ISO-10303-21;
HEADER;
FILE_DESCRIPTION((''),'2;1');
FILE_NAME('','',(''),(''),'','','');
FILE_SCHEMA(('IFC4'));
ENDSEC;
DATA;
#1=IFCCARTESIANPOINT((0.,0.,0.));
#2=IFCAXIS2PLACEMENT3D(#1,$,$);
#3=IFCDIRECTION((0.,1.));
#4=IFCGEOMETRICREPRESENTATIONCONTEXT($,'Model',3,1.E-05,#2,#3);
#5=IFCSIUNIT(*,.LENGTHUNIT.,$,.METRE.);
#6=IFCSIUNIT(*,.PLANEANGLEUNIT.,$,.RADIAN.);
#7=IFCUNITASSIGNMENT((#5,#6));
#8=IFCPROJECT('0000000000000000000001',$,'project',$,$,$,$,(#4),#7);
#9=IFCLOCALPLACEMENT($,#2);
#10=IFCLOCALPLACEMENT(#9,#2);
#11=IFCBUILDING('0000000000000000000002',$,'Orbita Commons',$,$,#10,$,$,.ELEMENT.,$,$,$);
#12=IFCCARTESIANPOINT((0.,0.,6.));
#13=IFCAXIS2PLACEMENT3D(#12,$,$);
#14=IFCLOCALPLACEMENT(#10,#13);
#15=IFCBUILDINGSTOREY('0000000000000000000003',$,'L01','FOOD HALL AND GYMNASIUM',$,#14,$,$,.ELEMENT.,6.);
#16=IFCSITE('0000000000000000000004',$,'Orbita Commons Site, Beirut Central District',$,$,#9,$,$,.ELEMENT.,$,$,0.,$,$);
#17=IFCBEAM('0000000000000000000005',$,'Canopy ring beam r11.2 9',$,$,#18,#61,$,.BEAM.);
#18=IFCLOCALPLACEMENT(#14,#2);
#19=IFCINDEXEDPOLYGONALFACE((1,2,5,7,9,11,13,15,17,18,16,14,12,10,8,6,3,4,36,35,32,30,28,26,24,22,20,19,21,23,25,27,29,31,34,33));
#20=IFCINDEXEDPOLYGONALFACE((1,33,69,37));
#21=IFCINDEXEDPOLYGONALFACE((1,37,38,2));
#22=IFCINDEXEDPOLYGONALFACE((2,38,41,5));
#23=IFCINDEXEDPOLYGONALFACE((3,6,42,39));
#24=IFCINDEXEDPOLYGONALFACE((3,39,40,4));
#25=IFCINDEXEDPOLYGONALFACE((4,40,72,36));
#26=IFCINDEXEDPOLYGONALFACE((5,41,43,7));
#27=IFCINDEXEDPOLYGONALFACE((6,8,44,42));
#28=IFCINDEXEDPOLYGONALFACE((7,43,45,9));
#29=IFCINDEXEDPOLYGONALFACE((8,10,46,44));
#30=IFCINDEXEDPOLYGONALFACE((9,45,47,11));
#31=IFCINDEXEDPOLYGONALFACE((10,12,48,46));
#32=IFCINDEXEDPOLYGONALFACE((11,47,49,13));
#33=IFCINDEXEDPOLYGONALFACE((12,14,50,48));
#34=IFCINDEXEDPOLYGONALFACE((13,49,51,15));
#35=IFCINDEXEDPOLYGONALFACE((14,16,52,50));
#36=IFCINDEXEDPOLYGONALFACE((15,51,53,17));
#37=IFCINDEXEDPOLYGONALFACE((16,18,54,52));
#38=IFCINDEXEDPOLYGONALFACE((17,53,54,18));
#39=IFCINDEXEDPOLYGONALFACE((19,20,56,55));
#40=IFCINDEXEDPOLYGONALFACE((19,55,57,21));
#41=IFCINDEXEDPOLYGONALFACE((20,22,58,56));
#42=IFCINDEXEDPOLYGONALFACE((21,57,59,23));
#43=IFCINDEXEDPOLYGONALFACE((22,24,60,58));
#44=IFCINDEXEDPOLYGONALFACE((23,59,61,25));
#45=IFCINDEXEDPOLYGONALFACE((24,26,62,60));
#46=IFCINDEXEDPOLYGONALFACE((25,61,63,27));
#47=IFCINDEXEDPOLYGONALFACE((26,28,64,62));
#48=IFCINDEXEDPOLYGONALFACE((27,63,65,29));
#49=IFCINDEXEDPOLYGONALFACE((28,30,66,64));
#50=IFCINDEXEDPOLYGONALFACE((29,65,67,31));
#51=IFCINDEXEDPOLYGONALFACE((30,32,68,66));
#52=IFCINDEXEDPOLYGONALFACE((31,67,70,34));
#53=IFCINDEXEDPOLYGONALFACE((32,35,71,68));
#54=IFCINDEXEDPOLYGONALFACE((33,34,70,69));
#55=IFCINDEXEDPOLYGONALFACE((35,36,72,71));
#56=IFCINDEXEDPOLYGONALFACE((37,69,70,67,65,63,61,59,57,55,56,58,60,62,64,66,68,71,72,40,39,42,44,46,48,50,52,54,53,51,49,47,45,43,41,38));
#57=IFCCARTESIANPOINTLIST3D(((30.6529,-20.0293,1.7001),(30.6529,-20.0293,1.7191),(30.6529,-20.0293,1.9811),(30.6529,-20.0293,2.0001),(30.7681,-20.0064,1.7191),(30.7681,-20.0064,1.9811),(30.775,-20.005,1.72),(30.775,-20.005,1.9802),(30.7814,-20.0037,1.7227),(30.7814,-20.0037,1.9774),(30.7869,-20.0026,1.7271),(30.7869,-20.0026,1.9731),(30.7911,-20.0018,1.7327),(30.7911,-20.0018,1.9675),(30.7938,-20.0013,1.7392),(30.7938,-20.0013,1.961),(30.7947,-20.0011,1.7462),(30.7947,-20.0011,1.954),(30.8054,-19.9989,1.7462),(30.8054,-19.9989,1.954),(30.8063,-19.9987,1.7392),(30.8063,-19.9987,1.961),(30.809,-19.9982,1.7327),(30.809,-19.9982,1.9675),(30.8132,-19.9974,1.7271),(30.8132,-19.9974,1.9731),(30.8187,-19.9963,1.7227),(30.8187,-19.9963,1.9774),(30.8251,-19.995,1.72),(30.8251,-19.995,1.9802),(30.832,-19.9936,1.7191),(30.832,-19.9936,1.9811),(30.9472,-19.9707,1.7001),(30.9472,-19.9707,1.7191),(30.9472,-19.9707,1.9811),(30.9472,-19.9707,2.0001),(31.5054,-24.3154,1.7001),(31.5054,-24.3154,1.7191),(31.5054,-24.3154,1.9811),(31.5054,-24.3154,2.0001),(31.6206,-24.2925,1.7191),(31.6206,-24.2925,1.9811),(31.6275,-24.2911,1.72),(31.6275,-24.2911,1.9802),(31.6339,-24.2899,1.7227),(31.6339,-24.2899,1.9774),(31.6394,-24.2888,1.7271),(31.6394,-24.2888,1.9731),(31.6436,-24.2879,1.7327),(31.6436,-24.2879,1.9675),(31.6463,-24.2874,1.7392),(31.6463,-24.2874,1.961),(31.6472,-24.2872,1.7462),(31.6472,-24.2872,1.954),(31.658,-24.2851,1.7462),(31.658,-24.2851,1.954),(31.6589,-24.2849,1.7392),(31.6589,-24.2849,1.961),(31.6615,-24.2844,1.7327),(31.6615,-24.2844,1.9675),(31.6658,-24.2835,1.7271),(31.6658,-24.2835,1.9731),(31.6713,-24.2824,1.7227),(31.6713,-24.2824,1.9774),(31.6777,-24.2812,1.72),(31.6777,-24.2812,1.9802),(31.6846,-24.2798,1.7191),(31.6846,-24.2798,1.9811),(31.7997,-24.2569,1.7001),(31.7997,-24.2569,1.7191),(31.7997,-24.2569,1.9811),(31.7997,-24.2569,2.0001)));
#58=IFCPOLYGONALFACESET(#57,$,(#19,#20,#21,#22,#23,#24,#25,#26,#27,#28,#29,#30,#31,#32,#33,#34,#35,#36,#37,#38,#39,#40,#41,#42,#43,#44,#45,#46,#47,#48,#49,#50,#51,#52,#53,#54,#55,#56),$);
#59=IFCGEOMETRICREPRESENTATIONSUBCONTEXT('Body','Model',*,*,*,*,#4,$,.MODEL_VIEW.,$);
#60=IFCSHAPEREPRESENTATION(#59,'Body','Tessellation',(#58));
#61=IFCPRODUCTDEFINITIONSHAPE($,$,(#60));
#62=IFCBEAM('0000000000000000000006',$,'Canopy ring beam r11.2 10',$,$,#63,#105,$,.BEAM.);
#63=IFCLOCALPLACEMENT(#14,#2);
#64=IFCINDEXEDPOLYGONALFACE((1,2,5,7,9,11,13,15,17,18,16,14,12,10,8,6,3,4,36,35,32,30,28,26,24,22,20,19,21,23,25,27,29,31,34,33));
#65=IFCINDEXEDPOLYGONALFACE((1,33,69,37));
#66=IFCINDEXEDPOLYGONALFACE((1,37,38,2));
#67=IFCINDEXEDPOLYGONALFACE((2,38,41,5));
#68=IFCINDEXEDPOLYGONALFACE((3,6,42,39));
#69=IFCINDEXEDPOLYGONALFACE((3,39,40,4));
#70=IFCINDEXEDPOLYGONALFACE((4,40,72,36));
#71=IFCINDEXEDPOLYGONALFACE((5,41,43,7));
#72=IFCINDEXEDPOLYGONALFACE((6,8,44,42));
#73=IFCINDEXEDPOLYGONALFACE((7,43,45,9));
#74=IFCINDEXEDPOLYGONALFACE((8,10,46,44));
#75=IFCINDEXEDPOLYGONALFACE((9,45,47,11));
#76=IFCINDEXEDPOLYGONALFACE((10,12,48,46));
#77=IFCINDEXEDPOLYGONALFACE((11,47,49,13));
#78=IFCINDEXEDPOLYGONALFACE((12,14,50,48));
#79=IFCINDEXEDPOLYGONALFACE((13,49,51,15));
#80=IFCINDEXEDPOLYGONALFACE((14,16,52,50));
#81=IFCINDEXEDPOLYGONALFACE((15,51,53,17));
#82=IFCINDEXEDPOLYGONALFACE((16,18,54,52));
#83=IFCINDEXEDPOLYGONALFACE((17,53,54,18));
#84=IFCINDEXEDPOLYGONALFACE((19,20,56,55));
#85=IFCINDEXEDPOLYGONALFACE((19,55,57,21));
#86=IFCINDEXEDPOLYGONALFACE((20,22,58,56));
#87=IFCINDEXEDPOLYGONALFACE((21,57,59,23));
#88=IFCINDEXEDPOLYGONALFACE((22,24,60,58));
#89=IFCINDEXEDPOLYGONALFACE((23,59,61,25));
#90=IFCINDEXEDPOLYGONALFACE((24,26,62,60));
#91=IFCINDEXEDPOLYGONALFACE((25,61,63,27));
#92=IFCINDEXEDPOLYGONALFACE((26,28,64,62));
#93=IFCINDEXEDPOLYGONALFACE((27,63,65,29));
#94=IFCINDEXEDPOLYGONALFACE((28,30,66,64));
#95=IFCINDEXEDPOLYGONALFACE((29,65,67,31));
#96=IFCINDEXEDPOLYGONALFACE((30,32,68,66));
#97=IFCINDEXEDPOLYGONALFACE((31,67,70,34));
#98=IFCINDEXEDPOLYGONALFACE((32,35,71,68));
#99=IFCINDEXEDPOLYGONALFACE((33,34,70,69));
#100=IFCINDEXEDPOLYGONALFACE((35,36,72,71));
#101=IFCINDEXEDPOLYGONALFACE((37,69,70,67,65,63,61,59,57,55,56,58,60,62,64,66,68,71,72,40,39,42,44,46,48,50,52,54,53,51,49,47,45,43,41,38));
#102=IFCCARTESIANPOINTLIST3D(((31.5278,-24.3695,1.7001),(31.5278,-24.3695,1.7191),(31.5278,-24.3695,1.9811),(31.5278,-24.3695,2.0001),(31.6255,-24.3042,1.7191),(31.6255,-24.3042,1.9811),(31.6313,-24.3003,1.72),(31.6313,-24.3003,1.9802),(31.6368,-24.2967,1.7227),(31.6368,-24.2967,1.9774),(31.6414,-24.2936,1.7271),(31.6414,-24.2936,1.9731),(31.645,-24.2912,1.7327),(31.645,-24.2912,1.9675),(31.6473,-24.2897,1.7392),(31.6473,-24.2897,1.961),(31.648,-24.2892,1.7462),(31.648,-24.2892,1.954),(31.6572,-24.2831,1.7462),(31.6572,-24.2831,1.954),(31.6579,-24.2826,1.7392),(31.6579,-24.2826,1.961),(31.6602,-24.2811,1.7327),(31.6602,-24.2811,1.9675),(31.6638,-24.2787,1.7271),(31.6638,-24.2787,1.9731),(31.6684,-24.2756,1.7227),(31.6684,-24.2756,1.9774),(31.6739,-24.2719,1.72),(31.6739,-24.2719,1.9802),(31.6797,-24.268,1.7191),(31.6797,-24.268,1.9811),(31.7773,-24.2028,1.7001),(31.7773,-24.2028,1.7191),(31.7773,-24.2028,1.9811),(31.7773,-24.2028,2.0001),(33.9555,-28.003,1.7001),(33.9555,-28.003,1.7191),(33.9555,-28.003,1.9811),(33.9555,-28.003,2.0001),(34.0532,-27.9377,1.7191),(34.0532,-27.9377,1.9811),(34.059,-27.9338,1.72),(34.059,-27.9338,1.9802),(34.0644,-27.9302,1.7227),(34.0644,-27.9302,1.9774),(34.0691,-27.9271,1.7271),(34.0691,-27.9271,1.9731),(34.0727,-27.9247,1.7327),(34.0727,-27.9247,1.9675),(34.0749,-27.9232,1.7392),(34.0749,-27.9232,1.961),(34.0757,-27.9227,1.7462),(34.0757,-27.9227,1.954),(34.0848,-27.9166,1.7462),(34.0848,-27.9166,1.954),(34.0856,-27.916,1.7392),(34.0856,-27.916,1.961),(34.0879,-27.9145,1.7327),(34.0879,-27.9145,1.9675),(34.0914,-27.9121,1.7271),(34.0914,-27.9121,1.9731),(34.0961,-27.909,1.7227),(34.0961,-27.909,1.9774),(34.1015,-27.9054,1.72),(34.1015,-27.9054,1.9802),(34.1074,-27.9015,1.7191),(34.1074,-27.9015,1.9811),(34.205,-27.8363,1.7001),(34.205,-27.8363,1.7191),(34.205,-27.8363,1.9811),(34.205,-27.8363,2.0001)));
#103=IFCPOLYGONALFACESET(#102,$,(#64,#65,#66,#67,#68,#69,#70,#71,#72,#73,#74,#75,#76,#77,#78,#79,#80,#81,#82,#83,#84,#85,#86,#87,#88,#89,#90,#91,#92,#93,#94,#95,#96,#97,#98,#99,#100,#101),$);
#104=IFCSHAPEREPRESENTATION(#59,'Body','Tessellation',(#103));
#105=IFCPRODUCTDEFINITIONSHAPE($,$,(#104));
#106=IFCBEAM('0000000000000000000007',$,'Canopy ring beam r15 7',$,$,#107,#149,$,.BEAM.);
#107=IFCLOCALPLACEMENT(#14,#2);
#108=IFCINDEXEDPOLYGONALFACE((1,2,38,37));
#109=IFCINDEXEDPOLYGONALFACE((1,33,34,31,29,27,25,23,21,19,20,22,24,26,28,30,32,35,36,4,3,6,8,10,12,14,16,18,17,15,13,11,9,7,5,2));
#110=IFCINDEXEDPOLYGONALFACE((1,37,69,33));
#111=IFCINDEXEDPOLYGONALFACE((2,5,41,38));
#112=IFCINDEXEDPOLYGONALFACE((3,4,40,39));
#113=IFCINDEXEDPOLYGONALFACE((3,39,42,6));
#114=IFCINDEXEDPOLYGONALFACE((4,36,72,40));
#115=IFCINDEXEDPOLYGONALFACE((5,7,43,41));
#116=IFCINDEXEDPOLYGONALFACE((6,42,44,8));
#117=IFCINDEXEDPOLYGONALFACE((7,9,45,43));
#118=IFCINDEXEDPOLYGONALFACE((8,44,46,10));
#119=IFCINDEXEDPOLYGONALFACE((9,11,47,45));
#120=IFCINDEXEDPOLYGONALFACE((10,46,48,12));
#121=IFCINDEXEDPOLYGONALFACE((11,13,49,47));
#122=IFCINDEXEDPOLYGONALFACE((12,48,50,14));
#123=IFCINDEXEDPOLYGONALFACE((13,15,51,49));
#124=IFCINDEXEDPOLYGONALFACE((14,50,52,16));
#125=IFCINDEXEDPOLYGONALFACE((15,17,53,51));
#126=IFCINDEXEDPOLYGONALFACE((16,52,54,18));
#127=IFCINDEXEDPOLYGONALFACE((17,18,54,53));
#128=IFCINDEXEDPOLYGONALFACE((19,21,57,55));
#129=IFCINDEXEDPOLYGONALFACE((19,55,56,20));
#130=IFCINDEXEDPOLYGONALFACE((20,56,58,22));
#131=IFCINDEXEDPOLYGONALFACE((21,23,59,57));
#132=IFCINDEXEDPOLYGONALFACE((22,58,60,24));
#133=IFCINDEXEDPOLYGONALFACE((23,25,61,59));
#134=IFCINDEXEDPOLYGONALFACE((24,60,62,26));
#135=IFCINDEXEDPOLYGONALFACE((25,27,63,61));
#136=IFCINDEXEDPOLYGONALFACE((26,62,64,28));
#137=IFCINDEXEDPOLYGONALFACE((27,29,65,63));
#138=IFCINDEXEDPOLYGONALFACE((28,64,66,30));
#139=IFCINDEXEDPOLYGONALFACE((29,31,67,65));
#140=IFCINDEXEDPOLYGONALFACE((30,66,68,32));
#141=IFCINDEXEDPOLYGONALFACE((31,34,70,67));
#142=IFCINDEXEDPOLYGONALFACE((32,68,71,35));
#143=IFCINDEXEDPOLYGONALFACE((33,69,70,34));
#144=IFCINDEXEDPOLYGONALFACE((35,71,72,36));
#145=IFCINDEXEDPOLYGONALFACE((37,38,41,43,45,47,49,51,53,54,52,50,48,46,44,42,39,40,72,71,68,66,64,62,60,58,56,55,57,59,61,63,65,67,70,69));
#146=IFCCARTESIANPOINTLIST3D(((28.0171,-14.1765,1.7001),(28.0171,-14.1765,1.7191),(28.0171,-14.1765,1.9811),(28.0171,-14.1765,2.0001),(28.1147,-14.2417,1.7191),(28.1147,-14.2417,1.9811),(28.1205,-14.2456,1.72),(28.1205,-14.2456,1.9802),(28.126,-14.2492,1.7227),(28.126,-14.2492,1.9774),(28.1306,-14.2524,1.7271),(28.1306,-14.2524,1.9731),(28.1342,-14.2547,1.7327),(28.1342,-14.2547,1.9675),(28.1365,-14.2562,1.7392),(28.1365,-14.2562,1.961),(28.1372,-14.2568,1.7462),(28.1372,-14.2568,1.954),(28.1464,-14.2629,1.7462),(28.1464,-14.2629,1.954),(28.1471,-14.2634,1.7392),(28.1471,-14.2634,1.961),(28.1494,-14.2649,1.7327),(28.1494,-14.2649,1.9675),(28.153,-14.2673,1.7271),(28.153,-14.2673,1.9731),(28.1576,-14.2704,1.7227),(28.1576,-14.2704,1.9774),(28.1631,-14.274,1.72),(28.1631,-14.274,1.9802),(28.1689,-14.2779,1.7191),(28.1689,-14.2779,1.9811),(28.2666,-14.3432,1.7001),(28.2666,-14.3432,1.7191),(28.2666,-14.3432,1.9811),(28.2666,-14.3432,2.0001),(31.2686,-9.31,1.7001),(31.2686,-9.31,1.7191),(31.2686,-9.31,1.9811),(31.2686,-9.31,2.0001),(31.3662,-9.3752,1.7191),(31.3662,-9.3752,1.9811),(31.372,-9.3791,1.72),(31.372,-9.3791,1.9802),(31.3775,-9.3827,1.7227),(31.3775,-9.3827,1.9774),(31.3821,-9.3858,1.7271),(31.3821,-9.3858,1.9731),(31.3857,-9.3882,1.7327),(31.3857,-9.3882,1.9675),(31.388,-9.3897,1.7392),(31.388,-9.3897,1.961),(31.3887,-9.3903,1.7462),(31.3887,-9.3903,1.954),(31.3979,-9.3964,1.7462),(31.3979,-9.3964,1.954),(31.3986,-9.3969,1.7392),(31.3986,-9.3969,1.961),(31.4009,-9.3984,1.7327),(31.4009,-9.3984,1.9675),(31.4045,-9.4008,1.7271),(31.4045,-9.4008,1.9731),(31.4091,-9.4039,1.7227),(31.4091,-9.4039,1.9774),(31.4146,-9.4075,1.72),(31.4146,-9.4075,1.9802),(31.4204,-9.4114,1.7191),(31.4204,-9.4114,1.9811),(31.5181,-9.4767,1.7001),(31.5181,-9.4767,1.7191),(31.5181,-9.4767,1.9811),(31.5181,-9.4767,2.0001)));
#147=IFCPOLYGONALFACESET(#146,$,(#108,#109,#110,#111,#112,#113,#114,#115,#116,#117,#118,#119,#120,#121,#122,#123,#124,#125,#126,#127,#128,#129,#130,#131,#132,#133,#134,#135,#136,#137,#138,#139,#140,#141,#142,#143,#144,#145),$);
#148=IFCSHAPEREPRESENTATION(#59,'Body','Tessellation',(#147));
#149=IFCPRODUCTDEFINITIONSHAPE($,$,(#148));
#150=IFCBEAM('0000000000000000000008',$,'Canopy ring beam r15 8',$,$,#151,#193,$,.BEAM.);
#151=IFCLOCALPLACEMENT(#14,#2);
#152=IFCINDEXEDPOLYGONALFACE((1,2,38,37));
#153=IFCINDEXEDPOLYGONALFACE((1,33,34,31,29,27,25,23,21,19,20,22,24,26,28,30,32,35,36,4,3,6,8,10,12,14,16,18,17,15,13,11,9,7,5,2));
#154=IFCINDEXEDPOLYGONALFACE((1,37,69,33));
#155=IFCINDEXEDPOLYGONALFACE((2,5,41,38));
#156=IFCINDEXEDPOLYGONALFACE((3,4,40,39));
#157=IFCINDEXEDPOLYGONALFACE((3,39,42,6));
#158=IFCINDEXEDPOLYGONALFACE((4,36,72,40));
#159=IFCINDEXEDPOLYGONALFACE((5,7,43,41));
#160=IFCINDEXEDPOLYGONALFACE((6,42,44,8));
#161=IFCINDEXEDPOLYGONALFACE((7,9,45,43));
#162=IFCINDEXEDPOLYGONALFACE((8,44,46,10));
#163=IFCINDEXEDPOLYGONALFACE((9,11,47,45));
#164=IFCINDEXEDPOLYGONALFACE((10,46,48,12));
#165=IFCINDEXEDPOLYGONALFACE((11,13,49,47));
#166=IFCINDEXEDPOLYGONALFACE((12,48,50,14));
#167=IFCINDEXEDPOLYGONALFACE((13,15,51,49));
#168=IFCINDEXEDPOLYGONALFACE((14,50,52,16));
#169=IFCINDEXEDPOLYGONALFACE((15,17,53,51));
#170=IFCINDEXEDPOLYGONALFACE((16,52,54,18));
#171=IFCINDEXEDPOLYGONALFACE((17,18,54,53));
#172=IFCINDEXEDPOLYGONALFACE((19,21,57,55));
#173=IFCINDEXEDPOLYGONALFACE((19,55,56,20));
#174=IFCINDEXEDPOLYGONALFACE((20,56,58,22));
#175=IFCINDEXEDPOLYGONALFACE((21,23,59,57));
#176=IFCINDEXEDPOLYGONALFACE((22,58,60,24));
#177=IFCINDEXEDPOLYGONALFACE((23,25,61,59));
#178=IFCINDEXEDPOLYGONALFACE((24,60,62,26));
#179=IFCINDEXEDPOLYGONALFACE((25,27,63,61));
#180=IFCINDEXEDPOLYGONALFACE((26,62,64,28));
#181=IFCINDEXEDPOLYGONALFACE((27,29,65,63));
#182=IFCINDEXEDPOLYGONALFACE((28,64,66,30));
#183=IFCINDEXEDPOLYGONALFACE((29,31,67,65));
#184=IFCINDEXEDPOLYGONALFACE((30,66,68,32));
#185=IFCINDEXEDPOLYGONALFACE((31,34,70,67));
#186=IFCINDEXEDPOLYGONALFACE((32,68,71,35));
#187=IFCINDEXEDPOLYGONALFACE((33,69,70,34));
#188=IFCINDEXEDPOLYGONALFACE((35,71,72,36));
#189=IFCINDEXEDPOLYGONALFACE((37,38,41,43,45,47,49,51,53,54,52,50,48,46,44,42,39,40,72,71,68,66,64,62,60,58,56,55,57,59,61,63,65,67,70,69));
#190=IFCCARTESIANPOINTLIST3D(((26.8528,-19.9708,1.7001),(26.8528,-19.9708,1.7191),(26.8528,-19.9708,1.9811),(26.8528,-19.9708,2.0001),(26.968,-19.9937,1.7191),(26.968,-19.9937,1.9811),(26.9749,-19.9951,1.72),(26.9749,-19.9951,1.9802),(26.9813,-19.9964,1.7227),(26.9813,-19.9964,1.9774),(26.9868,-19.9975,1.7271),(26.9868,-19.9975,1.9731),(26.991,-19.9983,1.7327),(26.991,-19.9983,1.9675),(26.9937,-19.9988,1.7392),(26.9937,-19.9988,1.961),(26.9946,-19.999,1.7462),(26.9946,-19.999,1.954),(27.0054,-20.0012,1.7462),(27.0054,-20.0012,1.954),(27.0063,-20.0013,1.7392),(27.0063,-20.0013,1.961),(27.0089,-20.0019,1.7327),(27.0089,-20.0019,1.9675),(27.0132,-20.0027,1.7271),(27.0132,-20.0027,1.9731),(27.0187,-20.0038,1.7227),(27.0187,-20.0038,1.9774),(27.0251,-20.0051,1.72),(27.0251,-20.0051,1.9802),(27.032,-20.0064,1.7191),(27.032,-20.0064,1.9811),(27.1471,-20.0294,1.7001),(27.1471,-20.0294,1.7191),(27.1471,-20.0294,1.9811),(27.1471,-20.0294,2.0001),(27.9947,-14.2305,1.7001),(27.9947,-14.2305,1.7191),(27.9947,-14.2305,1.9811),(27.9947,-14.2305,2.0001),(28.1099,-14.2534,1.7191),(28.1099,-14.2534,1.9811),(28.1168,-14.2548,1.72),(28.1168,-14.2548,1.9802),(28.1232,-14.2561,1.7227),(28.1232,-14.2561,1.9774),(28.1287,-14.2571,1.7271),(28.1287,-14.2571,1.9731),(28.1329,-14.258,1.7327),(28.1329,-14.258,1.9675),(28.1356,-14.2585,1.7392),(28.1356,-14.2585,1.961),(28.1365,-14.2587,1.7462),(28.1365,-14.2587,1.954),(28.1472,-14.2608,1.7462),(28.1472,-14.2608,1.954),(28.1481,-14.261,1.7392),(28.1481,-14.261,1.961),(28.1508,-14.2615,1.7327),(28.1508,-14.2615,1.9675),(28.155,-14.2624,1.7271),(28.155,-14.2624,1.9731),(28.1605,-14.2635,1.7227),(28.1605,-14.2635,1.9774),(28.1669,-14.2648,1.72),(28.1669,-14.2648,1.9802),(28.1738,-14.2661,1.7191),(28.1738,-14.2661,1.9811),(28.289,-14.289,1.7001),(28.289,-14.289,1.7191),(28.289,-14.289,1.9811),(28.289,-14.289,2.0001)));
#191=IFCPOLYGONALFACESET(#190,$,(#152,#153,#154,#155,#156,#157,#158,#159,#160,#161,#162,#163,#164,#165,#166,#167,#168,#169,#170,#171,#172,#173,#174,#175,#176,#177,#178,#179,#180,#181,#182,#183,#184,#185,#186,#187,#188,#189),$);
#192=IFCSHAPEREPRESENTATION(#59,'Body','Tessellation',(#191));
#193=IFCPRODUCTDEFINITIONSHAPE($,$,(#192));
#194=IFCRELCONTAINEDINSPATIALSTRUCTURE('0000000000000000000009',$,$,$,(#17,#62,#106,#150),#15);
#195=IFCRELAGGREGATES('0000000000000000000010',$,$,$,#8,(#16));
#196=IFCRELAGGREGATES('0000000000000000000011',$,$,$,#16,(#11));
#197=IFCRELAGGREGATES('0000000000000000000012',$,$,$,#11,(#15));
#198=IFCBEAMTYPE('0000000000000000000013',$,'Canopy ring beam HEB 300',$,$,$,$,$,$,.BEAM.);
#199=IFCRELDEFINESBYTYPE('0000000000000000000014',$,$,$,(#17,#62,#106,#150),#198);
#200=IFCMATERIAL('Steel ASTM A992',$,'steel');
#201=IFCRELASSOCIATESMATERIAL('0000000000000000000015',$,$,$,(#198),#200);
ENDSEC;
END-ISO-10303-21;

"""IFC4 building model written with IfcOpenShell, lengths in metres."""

from ifc_helpers import new_model, si_unit, direction, frame, origin, origin_2d, place, context, subcontext, project, spatial, i_section, extrude, material, material_profile, profile_set, type_object, element, save


model = new_model("IFC4")

# Units and contexts
model_context = context("Model", 3, precision=1e-05, world=origin(), true_north=direction((0.0, 1.0)))
body_context = subcontext(model_context, "Body", "Model", "MODEL_VIEW")
ifc_project = project(units=[si_unit("LENGTHUNIT", "METRE"), si_unit("PLANEANGLEUNIT", "RADIAN")], contexts=[model_context])

# Site, building, storey
site_placement = place(None, origin())
site = spatial("IfcSite", under=ifc_project, at=site_placement, Name="Orbita Commons Site, Beirut Central District", CompositionType="ELEMENT", RefElevation=0.0)
building_placement = place(site_placement, origin())
building = spatial("IfcBuilding", under=site, at=building_placement, Name="Orbita Commons", CompositionType="ELEMENT")
storey_placement = place(building_placement, frame((0.0, 0.0, 6.0)))
storey = spatial("IfcBuildingStorey", under=building, at=storey_placement, Name="L01", Description="FOOD HALL AND GYMNASIUM", CompositionType="ELEMENT", Elevation=6.0)

# Beams
ifc_material_1 = material(Name="Steel ASTM A992", Category="steel")
ifc_material_profile_1 = material_profile(ifc_material_1, i_section(OverallWidth=0.3, OverallDepth=0.3, WebThickness=0.011, FlangeThickness=0.019, FilletRadius=0.0271, at=origin_2d()), Name="HEB 300")
ifc_profile_set_1 = profile_set([ifc_material_profile_1], Name="Steel ASTM A992")
beam_type = type_object("IfcBeamType", Name="Canopy ring beam HEB 300", PredefinedType="BEAM", material=ifc_profile_set_1)
for number, where, z_axis, x_axis, name in (
    (1, (30.8, -20.0, 1.8501), (0.195085, -0.980786, 0.0), (0.980786, 0.195085, 0.0), "Canopy ring beam r11.2 9"),
):
    element("IfcBeam", number, at=place(storey_placement, frame(where, z_axis=z_axis, x_axis=x_axis)), inside=storey, type_object=beam_type, Name=name, PredefinedType="BEAM", context=body_context, shape_type="SweptSolid", body=[
        extrude(i_section(OverallWidth=0.3, OverallDepth=0.3, WebThickness=0.011, FlangeThickness=0.019, FilletRadius=0.0271, at=origin_2d()), origin(), (0.0, 0.0, 1.0), 4.3701),
    ])
beam_placement = place(storey_placement, frame((31.6526, -24.2861, 1.8501), z_axis=(0.555551, -0.831483, 0.0), x_axis=(0.831483, 0.555551, 0.0)))
element("IfcBeam", 2, at=beam_placement, inside=storey, type_object=beam_type, Name="Canopy ring beam r11.2 10", PredefinedType="BEAM", context=body_context, shape_type="SweptSolid", body=[
    extrude(i_section(OverallWidth=0.3, OverallDepth=0.3, WebThickness=0.011, FlangeThickness=0.019, FilletRadius=0.0271, at=origin_2d()), origin(), (0.0, 0.0, 1.0), 4.3699),
])
for number, where, z_axis, x_axis, name in (
    (3, (31.3933, -9.3933, 1.8501), (-0.555547, -0.831485, 0.0), (0.831485, -0.555547, 0.0), "Canopy ring beam r15 7"),
    (4, (28.1418, -14.2598, 1.8501), (-0.195097, -0.980784, 0.0), (0.980784, -0.195097, 0.0), "Canopy ring beam r15 8"),
):
    element("IfcBeam", number, at=place(storey_placement, frame(where, z_axis=z_axis, x_axis=x_axis)), inside=storey, type_object=beam_type, Name=name, PredefinedType="BEAM", context=body_context, shape_type="SweptSolid", body=[
        extrude(i_section(OverallWidth=0.3, OverallDepth=0.3, WebThickness=0.011, FlangeThickness=0.019, FilletRadius=0.0271, at=origin_2d()), origin(), (0.0, 0.0, 1.0), 5.8528),
    ])

save(model, "model.ifc")
